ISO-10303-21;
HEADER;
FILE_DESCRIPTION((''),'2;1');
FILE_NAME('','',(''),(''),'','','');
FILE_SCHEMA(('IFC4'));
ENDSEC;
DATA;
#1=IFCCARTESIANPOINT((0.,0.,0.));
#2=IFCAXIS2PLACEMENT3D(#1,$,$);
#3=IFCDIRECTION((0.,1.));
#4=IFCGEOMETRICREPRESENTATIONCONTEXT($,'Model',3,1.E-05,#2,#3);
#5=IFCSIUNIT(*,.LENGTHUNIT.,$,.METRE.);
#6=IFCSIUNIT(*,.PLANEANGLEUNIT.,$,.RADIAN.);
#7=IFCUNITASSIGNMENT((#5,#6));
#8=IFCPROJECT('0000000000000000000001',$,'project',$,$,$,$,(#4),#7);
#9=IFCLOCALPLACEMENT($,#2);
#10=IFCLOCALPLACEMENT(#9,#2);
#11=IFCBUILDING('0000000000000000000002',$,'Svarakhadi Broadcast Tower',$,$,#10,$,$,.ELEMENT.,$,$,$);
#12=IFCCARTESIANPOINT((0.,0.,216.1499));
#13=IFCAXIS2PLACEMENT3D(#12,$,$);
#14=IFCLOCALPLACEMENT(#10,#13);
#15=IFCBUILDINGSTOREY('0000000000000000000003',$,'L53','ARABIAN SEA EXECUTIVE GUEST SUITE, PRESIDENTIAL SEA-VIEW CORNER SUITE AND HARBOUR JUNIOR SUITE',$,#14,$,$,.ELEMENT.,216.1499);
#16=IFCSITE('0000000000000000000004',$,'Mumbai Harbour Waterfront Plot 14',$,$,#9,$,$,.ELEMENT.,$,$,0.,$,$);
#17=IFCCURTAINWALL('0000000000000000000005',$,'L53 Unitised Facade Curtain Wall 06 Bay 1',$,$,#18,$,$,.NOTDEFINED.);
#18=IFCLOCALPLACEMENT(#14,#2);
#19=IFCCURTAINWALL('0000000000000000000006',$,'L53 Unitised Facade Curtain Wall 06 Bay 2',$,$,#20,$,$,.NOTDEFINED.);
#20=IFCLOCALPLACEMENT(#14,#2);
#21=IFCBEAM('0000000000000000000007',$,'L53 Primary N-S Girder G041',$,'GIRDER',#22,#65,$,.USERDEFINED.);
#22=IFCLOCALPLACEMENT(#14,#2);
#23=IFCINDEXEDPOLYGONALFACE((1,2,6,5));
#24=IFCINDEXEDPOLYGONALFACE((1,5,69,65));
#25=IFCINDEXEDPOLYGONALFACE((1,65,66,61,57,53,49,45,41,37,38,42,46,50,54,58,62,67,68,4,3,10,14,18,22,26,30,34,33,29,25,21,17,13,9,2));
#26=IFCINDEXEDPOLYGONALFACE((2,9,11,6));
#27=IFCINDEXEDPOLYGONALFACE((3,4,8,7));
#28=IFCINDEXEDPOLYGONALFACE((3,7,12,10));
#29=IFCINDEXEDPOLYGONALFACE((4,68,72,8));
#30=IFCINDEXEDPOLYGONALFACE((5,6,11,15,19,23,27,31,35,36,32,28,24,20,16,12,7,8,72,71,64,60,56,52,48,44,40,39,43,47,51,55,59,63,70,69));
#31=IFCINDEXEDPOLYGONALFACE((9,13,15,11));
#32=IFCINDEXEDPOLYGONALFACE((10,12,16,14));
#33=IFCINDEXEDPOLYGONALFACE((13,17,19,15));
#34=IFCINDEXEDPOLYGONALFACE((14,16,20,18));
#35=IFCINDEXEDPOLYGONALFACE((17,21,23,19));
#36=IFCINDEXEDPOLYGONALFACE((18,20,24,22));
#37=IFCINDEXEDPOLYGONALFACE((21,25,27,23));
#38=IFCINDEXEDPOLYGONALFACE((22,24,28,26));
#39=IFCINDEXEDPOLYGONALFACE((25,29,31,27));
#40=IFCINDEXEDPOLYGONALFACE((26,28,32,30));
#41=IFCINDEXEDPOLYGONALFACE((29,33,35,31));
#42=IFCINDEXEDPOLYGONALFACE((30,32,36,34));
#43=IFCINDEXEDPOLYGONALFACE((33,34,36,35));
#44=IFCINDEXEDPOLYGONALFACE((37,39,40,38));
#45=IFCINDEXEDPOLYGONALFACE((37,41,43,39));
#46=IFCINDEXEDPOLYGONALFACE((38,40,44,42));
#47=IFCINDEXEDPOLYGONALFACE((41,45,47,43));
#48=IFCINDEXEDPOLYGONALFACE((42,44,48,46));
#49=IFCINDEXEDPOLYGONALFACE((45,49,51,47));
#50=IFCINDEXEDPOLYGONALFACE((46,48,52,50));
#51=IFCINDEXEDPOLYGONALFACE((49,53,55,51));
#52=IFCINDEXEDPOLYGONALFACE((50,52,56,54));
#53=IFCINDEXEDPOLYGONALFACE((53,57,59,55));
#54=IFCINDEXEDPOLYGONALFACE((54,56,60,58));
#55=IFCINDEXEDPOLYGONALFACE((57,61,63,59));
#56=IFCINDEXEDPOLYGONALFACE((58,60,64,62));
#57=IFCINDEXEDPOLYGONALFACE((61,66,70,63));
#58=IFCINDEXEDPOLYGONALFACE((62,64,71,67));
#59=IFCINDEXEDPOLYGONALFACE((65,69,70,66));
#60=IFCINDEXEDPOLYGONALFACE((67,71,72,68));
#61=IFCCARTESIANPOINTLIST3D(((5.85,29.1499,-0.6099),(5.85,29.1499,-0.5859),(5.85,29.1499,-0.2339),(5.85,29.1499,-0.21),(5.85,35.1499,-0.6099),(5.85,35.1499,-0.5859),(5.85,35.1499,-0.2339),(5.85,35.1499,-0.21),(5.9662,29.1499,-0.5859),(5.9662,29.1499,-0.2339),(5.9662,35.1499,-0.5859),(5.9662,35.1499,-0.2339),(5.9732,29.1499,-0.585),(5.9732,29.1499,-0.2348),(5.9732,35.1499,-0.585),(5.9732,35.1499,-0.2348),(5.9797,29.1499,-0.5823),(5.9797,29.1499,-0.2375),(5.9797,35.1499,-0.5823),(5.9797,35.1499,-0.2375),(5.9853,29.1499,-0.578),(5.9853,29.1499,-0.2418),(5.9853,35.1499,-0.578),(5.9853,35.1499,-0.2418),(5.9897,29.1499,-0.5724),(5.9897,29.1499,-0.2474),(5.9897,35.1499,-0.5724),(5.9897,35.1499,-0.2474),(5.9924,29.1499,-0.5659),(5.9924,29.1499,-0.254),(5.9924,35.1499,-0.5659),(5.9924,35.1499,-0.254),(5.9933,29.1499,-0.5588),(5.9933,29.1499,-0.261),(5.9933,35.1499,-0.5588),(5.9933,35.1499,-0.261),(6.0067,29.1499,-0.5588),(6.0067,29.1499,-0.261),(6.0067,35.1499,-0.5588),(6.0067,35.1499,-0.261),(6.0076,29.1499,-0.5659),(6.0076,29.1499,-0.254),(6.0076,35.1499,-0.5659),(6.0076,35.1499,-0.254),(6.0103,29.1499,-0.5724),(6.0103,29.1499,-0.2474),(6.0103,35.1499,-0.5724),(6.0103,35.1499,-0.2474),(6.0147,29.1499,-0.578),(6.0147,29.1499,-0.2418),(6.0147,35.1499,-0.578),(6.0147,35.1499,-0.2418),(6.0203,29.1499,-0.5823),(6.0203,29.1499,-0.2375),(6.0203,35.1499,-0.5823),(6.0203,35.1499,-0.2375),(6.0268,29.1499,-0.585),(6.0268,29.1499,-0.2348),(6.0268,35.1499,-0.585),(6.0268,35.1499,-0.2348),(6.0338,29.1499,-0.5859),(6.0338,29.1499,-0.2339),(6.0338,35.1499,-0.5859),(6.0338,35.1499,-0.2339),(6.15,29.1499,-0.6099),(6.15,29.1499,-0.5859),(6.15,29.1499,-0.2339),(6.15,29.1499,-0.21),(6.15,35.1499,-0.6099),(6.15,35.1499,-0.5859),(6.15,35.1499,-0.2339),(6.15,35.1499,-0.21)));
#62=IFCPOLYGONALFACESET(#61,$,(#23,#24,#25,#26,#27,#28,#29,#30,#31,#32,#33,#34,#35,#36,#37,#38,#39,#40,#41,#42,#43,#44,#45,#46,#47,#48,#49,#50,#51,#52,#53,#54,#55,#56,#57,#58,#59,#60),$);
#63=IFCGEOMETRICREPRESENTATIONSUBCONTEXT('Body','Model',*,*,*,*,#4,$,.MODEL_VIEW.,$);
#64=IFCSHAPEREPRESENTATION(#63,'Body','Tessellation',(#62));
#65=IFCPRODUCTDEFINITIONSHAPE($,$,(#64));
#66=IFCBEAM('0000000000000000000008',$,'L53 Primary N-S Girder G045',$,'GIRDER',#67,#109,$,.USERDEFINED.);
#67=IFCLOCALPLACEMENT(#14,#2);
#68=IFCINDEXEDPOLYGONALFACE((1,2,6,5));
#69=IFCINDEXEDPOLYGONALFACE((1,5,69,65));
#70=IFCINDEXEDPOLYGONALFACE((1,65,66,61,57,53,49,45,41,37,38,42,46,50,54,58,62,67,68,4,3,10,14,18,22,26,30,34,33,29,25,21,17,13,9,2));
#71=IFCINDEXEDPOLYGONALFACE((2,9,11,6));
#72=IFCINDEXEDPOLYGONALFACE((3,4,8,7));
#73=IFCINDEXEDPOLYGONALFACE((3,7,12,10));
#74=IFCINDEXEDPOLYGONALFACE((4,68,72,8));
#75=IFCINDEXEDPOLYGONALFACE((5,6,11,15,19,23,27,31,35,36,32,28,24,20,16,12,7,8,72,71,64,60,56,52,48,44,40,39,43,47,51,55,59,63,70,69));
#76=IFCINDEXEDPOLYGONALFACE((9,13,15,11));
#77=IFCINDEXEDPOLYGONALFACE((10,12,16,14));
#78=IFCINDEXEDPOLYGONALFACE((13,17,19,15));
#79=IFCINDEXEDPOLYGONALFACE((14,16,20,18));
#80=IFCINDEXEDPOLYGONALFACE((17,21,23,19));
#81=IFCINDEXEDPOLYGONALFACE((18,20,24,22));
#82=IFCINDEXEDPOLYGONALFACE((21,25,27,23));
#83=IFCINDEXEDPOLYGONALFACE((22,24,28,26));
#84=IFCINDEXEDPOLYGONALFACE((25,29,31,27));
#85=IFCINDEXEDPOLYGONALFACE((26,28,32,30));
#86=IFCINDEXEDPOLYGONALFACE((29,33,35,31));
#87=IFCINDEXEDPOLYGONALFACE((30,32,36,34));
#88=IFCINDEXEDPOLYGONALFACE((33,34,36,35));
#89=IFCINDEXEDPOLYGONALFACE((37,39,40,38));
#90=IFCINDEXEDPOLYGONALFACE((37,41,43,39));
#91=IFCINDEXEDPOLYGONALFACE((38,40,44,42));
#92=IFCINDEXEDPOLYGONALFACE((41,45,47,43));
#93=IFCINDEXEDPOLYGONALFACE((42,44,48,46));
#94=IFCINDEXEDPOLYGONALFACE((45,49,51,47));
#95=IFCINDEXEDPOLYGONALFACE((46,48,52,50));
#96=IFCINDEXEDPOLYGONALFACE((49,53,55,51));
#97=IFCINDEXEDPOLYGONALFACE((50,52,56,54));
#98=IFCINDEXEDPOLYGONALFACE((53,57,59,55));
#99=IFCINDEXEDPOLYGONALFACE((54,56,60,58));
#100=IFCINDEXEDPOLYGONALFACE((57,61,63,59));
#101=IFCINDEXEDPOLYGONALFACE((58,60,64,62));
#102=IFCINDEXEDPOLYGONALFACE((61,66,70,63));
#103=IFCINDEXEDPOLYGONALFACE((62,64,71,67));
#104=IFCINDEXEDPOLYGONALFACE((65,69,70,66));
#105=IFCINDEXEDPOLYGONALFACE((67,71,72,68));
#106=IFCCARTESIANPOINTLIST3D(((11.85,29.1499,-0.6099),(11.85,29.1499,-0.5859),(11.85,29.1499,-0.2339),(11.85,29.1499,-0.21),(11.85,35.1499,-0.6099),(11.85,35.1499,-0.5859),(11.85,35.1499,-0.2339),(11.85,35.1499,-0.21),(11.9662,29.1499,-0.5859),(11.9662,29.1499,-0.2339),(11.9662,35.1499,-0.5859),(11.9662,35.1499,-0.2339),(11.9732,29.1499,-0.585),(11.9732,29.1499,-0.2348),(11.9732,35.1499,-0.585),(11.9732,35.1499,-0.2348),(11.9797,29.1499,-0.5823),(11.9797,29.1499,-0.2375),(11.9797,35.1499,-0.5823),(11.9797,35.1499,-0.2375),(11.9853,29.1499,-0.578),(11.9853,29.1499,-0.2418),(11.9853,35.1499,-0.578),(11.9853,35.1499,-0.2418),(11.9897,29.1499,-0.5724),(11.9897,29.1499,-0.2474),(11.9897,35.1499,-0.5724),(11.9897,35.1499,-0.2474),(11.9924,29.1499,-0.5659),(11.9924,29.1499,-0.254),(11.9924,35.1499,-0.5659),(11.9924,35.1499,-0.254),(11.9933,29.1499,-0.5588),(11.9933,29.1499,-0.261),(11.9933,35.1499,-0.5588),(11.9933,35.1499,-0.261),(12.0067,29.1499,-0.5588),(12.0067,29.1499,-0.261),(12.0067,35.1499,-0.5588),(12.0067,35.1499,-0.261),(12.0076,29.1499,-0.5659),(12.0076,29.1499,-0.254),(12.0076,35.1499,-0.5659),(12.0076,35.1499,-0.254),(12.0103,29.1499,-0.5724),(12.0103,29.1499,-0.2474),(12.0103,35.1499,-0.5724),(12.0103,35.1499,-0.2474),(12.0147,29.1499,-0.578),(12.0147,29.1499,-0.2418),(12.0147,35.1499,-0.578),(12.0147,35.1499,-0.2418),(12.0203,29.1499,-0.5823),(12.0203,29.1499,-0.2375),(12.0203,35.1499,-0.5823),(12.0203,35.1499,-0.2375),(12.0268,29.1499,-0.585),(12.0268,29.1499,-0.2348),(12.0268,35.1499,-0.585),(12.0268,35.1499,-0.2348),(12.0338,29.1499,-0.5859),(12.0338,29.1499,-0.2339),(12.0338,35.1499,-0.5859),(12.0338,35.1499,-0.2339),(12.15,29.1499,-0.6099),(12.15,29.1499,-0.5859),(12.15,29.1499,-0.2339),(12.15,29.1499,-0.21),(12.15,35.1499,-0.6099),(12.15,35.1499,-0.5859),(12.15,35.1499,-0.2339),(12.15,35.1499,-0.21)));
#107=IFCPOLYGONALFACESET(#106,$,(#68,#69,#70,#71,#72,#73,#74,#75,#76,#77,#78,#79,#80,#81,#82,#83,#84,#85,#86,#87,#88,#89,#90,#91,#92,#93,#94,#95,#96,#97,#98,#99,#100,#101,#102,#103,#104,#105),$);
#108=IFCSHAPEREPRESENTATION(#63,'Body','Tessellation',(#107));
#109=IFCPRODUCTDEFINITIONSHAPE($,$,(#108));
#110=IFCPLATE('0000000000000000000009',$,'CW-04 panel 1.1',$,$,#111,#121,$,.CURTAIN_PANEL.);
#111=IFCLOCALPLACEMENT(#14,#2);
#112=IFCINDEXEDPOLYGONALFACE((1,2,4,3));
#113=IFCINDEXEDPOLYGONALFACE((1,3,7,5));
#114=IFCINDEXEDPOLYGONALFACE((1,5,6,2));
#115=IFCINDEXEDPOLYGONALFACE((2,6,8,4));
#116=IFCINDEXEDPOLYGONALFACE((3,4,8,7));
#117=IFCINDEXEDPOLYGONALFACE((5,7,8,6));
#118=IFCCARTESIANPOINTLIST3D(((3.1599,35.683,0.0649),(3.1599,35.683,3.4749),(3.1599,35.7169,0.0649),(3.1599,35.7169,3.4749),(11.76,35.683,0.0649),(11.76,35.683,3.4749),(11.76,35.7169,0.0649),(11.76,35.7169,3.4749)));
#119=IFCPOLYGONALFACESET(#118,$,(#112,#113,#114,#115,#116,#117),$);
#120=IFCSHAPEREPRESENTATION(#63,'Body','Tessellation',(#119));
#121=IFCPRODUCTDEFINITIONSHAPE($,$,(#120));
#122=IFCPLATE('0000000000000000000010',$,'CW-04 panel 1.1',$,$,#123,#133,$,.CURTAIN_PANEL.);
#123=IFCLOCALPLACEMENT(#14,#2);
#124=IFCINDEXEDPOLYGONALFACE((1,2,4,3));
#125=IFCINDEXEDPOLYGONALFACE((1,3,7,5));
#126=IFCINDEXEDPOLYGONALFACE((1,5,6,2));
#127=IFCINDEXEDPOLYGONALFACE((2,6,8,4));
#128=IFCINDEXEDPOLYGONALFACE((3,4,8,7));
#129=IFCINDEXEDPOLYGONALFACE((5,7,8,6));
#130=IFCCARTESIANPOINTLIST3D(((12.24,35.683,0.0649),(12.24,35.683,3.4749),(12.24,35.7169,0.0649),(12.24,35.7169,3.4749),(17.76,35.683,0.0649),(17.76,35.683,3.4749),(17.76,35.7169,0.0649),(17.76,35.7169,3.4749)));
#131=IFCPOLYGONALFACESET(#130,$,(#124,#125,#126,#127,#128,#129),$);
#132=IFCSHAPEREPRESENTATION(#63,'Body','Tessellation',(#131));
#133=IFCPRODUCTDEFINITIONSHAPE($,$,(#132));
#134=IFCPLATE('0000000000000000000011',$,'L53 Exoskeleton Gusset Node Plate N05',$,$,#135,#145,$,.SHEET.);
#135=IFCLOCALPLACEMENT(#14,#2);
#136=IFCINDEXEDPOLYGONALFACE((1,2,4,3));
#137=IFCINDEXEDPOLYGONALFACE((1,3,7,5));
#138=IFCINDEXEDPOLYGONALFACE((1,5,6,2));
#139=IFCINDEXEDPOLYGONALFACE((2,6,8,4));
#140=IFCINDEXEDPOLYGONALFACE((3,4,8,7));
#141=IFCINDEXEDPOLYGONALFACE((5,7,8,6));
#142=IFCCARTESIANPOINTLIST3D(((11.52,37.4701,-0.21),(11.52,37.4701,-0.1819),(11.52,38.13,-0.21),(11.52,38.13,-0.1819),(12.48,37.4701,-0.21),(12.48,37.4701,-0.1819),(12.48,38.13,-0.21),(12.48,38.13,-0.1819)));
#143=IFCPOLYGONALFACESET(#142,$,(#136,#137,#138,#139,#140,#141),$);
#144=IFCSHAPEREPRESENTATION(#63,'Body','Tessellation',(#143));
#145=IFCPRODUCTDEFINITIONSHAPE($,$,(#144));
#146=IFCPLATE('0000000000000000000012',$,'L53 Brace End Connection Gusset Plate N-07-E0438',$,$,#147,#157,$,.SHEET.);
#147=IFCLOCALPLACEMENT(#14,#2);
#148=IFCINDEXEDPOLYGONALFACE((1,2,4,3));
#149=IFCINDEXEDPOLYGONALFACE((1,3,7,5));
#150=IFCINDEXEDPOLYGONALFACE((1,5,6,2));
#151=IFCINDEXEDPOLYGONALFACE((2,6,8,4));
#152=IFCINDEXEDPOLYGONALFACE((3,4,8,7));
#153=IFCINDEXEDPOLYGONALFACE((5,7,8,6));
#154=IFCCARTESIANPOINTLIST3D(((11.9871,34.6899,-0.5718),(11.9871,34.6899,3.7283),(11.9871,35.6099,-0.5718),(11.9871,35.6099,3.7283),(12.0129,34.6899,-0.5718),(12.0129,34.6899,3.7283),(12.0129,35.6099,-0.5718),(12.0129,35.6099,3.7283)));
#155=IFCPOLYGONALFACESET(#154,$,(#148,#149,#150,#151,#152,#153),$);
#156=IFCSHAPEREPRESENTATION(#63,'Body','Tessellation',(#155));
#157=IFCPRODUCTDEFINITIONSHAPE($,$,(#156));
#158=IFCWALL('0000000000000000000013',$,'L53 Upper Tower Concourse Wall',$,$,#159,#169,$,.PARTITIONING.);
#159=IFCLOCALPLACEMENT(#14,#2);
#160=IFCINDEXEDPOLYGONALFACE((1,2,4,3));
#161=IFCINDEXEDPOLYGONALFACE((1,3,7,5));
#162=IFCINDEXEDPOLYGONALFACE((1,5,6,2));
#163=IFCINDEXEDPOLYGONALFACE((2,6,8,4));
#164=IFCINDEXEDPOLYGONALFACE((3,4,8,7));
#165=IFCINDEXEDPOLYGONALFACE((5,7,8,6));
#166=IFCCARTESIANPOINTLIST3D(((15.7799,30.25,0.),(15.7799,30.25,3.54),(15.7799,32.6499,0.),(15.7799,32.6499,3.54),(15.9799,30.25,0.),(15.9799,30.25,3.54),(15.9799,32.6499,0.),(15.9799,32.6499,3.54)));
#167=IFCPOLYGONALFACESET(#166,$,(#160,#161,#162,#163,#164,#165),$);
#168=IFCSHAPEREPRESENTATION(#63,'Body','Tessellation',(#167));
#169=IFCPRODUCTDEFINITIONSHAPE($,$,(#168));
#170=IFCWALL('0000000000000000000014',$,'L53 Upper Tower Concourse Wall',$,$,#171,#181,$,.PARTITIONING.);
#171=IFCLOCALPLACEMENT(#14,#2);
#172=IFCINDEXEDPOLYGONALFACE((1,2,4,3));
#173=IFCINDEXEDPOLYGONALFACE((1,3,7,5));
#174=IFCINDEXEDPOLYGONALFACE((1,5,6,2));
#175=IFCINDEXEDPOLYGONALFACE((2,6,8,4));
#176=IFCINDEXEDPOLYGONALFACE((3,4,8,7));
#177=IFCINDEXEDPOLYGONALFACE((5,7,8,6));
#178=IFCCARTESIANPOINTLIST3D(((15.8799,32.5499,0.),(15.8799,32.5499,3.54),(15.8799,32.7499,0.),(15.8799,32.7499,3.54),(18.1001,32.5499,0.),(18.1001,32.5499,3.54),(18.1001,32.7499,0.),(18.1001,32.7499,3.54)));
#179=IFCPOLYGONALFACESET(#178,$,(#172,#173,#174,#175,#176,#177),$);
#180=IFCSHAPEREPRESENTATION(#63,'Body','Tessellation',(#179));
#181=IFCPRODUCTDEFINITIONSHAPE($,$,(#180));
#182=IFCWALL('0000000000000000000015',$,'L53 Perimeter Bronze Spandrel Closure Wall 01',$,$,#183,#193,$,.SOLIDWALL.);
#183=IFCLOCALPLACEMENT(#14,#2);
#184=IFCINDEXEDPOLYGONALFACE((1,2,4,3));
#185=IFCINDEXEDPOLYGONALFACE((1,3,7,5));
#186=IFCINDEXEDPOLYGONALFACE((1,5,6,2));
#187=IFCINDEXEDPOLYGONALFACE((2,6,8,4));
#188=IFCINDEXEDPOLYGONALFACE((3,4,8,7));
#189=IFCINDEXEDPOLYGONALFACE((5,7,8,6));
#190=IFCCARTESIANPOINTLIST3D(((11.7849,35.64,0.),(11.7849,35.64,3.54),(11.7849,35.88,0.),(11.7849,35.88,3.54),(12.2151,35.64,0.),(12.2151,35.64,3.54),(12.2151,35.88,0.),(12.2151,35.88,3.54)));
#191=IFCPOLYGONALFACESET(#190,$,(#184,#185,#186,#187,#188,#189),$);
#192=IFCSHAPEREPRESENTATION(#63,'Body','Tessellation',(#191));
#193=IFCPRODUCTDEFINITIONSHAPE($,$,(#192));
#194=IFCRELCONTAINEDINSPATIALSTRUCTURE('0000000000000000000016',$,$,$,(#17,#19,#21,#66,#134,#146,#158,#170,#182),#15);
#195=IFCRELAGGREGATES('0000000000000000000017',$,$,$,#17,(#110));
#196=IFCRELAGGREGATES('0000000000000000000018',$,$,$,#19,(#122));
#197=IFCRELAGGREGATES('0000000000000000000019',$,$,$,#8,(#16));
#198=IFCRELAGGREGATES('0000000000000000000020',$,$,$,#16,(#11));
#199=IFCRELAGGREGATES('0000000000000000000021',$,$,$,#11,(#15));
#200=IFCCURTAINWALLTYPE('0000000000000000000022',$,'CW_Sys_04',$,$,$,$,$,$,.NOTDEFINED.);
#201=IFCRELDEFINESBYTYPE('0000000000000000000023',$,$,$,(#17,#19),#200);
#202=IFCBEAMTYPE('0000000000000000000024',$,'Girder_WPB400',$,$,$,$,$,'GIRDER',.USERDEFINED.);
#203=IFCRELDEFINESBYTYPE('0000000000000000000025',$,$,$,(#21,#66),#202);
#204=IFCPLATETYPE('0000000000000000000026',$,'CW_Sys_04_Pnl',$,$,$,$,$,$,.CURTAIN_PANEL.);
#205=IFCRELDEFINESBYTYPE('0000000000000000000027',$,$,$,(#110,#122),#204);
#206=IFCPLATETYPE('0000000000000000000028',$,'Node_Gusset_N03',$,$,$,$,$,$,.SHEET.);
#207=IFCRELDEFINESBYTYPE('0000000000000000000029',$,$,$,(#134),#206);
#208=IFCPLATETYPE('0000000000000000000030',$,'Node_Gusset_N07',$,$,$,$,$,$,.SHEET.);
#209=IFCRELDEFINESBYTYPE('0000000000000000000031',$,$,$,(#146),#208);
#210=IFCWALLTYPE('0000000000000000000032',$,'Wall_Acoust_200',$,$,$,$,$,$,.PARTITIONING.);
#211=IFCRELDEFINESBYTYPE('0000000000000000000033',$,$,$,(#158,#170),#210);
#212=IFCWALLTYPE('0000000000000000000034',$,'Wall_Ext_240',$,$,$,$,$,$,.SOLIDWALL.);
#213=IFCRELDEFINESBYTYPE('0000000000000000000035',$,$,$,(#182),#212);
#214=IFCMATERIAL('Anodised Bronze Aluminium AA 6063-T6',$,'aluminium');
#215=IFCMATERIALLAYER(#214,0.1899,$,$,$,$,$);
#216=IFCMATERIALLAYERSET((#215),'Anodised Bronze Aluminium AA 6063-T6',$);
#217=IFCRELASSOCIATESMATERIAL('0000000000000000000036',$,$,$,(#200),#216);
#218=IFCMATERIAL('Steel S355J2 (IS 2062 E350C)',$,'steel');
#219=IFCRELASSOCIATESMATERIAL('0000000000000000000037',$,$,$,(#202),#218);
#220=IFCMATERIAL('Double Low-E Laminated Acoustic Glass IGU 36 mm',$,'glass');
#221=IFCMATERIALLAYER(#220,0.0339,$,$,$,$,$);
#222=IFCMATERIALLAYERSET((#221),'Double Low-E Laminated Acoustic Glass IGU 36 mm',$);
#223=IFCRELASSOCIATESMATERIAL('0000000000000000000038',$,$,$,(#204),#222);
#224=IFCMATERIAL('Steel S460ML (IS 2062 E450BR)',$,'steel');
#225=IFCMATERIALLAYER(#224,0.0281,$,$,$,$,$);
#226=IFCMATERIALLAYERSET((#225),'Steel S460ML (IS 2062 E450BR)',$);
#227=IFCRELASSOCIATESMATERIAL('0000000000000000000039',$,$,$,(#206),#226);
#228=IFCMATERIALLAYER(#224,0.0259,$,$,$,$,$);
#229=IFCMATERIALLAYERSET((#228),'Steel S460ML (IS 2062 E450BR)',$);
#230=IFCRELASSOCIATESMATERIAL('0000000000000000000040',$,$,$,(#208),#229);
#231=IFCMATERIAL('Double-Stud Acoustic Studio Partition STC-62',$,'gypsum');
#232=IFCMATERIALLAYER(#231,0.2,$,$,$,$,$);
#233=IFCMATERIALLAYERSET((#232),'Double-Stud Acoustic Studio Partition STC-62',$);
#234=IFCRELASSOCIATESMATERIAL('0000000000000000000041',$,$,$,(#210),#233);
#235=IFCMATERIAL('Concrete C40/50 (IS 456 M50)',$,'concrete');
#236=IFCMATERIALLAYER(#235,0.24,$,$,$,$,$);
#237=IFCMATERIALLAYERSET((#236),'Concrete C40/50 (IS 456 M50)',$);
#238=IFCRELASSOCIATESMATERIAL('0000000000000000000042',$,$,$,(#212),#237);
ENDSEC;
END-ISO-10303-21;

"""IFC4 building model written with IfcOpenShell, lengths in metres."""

from ifc_helpers import new_model, si_unit, direction, frame, frame_2d, origin, origin_2d, place, context, subcontext, project, spatial, rectangle, i_section, extrude, material, layer, layer_set, material_profile, profile_set, type_object, element, aggregate, save


model = new_model("IFC4")

# Units and contexts
model_context = context("Model", 3, precision=1e-05, world=origin(), true_north=direction((0.0, 1.0)))
body_context = subcontext(model_context, "Body", "Model", "MODEL_VIEW")
ifc_project = project(units=[si_unit("LENGTHUNIT", "METRE"), si_unit("PLANEANGLEUNIT", "RADIAN")], contexts=[model_context])

# Site, building, storey
site_placement = place(None, origin())
site = spatial("IfcSite", under=ifc_project, at=site_placement, Name="Mumbai Harbour Waterfront Plot 14", CompositionType="ELEMENT", RefElevation=0.0)
building_placement = place(site_placement, origin())
building = spatial("IfcBuilding", under=site, at=building_placement, Name="Svarakhadi Broadcast Tower", CompositionType="ELEMENT")
storey_placement = place(building_placement, frame((0.0, 0.0, 216.1499)))
storey = spatial("IfcBuildingStorey", under=building, at=storey_placement, Name="L53", Description="ARABIAN SEA EXECUTIVE GUEST SUITE, PRESIDENTIAL SEA-VIEW CORNER SUITE AND HARBOUR JUNIOR SUITE", CompositionType="ELEMENT", Elevation=216.1499)

# Shared definitions
ifc_material_1 = material(Name="Steel S460ML (IS 2062 E450BR)", Category="steel")

# Shared definitions
ifc_material_2 = material(Name="Steel S355J2 (IS 2062 E350C)", Category="steel")

# Curtain wall
ifc_material_3 = material(Name="Anodised Bronze Aluminium AA 6063-T6", Category="aluminium")
ifc_layer_1 = layer(ifc_material_3, 0.1899)
ifc_layer_set_1 = layer_set([ifc_layer_1], Name="Anodised Bronze Aluminium AA 6063-T6")
curtain_wall_type = type_object("IfcCurtainWallType", Name="CW_Sys_04", PredefinedType="NOTDEFINED", material=ifc_layer_set_1)
curtain_wall_1_placement = place(storey_placement, origin())
curtain_wall_1 = element("IfcCurtainWall", 1, at=curtain_wall_1_placement, inside=storey, type_object=curtain_wall_type, Name="L53 Unitised Facade Curtain Wall 06 Bay 1", PredefinedType="NOTDEFINED")

# Curtain wall
curtain_wall_2_placement = place(storey_placement, origin())
curtain_wall_2 = element("IfcCurtainWall", 2, at=curtain_wall_2_placement, inside=storey, type_object=curtain_wall_type, Name="L53 Unitised Facade Curtain Wall 06 Bay 2", PredefinedType="NOTDEFINED")

# Beams
ifc_material_profile_1 = material_profile(ifc_material_2, i_section(OverallWidth=0.3, OverallDepth=0.3999, WebThickness=0.0134, FlangeThickness=0.0239, FilletRadius=0.0271, at=origin_2d()), Name="WPB 400x300x155")
ifc_profile_set_1 = profile_set([ifc_material_profile_1], Name="Steel S355J2 (IS 2062 E350C)")
beam_type_1 = type_object("IfcBeamType", Name="Girder_WPB400", ElementType="GIRDER", PredefinedType="USERDEFINED", material=ifc_profile_set_1)
for number, where, z_axis, x_axis, name in (
    (3, (6.0, 29.1499, -0.4099), (0.0, 1.0, 0.0), (-1.0, 0.0, 0.0), "L53 Primary N-S Girder G041"),
    (4, (12.0, 29.1499, -0.4099), (0.0, 1.0, 0.0), (-1.0, 0.0, 0.0), "L53 Primary N-S Girder G045"),
):
    element("IfcBeam", number, at=place(storey_placement, frame(where, z_axis=z_axis, x_axis=x_axis)), inside=storey, type_object=beam_type_1, Name=name, ObjectType="GIRDER", PredefinedType="USERDEFINED", context=body_context, shape_type="SweptSolid", body=[
        extrude(i_section(OverallWidth=0.3, OverallDepth=0.3999, WebThickness=0.0134, FlangeThickness=0.0239, FilletRadius=0.0271, at=origin_2d()), origin(), (0.0, 0.0, 1.0), 6.0),
    ])

# Plates
ifc_material_4 = material(Name="Double Low-E Laminated Acoustic Glass IGU 36 mm", Category="glass")
ifc_layer_2 = layer(ifc_material_4, 0.0339)
ifc_layer_set_2 = layer_set([ifc_layer_2], Name="Double Low-E Laminated Acoustic Glass IGU 36 mm")
plate_type_1 = type_object("IfcPlateType", Name="CW_Sys_04_Pnl", PredefinedType="CURTAIN_PANEL", material=ifc_layer_set_2)
plate_1_placement = place(storey_placement, frame((7.46, 35.7, 0.0649), z_axis=(0.0, 0.0, 1.0), x_axis=(1.0, 0.0, 0.0)))
plate_1 = element("IfcPlate", 5, at=plate_1_placement, type_object=plate_type_1, Name="CW-04 panel 1.1", PredefinedType="CURTAIN_PANEL", context=body_context, shape_type="SweptSolid", body=[
    extrude(rectangle(XDim=8.6001, YDim=0.0339, at=origin_2d()), origin(), (0.0, 0.0, 1.0), 3.4099),
])
aggregate(curtain_wall_1, [plate_1])
plate_2_placement = place(storey_placement, frame((15.0, 35.7, 0.0649), z_axis=(0.0, 0.0, 1.0), x_axis=(1.0, 0.0, 0.0)))
plate_2 = element("IfcPlate", 6, at=plate_2_placement, type_object=plate_type_1, Name="CW-04 panel 1.1", PredefinedType="CURTAIN_PANEL", context=body_context, shape_type="SweptSolid", body=[
    extrude(rectangle(XDim=5.52, YDim=0.0339, at=origin_2d()), origin(), (0.0, 0.0, 1.0), 3.4099),
])
aggregate(curtain_wall_2, [plate_2])

# Plates
ifc_layer_3 = layer(ifc_material_1, 0.0281)
ifc_layer_set_3 = layer_set([ifc_layer_3], Name="Steel S460ML (IS 2062 E450BR)")
plate_type_2 = type_object("IfcPlateType", Name="Node_Gusset_N03", PredefinedType="SHEET", material=ifc_layer_set_3)
plate_3_placement = place(storey_placement, frame((12.0, 37.8, -0.21), z_axis=(0.0, 0.0, 1.0), x_axis=(1.0, 0.0, 0.0)))
element("IfcPlate", 7, at=plate_3_placement, inside=storey, type_object=plate_type_2, Name="L53 Exoskeleton Gusset Node Plate N05", PredefinedType="SHEET", context=body_context, shape_type="SweptSolid", body=[
    extrude(rectangle(XDim=0.96, YDim=0.6599, at=origin_2d()), origin(), (0.0, 0.0, 1.0), 0.0281),
])
ifc_layer_4 = layer(ifc_material_1, 0.0259)
ifc_layer_set_4 = layer_set([ifc_layer_4], Name="Steel S460ML (IS 2062 E450BR)")
plate_type_3 = type_object("IfcPlateType", Name="Node_Gusset_N07", PredefinedType="SHEET", material=ifc_layer_set_4)
plate_4_placement = place(storey_placement, frame((12.0, 35.1499, -0.5718), z_axis=(0.0, 0.0, 1.0), x_axis=(0.0, 1.0, 0.0)))
element("IfcPlate", 8, at=plate_4_placement, inside=storey, type_object=plate_type_3, Name="L53 Brace End Connection Gusset Plate N-07-E0438", PredefinedType="SHEET", context=body_context, shape_type="SweptSolid", body=[
    extrude(rectangle(XDim=0.9199, YDim=0.0259, at=origin_2d()), origin(), (0.0, 0.0, 1.0), 4.3),
])

# Walls
ifc_material_5 = material(Name="Double-Stud Acoustic Studio Partition STC-62", Category="gypsum")
ifc_layer_5 = layer(ifc_material_5, 0.2)
ifc_layer_set_5 = layer_set([ifc_layer_5], Name="Double-Stud Acoustic Studio Partition STC-62")
wall_type_1 = type_object("IfcWallType", Name="Wall_Acoust_200", PredefinedType="PARTITIONING", material=ifc_layer_set_5)
wall_1_placement = place(storey_placement, frame((15.8799, 30.25, 0.0), z_axis=(0.0, 0.0, 1.0), x_axis=(0.0, 1.0, 0.0)))
element("IfcWall", 9, at=wall_1_placement, inside=storey, type_object=wall_type_1, Name="L53 Upper Tower Concourse Wall", PredefinedType="PARTITIONING", context=body_context, shape_type="SweptSolid", body=[
    extrude(rectangle(XDim=2.3999, YDim=0.2, at=frame_2d((1.2, 0.0))), origin(), (0.0, 0.0, 1.0), 3.54),
])
wall_2_placement = place(storey_placement, frame((15.8799, 32.6499, 0.0), z_axis=(0.0, 0.0, 1.0), x_axis=(1.0, 0.0, 0.0)))
element("IfcWall", 10, at=wall_2_placement, inside=storey, type_object=wall_type_1, Name="L53 Upper Tower Concourse Wall", PredefinedType="PARTITIONING", context=body_context, shape_type="SweptSolid", body=[
    extrude(rectangle(XDim=2.2202, YDim=0.2, at=frame_2d((1.1101, 0.0))), origin(), (0.0, 0.0, 1.0), 3.54),
])
ifc_material_6 = material(Name="Concrete C40/50 (IS 456 M50)", Category="concrete")
ifc_layer_6 = layer(ifc_material_6, 0.24)
ifc_layer_set_6 = layer_set([ifc_layer_6], Name="Concrete C40/50 (IS 456 M50)")
wall_type_2 = type_object("IfcWallType", Name="Wall_Ext_240", PredefinedType="SOLIDWALL", material=ifc_layer_set_6)
wall_3_placement = place(storey_placement, frame((11.7849, 35.76, 0.0), z_axis=(0.0, 0.0, 1.0), x_axis=(1.0, 0.0, 0.0)))
element("IfcWall", 11, at=wall_3_placement, inside=storey, type_object=wall_type_2, Name="L53 Perimeter Bronze Spandrel Closure Wall 01", PredefinedType="SOLIDWALL", context=body_context, shape_type="SweptSolid", body=[
    extrude(rectangle(XDim=0.4302, YDim=0.24, at=frame_2d((0.2151, 0.0))), origin(), (0.0, 0.0, 1.0), 3.54),
])

save(model, "model.ifc")
